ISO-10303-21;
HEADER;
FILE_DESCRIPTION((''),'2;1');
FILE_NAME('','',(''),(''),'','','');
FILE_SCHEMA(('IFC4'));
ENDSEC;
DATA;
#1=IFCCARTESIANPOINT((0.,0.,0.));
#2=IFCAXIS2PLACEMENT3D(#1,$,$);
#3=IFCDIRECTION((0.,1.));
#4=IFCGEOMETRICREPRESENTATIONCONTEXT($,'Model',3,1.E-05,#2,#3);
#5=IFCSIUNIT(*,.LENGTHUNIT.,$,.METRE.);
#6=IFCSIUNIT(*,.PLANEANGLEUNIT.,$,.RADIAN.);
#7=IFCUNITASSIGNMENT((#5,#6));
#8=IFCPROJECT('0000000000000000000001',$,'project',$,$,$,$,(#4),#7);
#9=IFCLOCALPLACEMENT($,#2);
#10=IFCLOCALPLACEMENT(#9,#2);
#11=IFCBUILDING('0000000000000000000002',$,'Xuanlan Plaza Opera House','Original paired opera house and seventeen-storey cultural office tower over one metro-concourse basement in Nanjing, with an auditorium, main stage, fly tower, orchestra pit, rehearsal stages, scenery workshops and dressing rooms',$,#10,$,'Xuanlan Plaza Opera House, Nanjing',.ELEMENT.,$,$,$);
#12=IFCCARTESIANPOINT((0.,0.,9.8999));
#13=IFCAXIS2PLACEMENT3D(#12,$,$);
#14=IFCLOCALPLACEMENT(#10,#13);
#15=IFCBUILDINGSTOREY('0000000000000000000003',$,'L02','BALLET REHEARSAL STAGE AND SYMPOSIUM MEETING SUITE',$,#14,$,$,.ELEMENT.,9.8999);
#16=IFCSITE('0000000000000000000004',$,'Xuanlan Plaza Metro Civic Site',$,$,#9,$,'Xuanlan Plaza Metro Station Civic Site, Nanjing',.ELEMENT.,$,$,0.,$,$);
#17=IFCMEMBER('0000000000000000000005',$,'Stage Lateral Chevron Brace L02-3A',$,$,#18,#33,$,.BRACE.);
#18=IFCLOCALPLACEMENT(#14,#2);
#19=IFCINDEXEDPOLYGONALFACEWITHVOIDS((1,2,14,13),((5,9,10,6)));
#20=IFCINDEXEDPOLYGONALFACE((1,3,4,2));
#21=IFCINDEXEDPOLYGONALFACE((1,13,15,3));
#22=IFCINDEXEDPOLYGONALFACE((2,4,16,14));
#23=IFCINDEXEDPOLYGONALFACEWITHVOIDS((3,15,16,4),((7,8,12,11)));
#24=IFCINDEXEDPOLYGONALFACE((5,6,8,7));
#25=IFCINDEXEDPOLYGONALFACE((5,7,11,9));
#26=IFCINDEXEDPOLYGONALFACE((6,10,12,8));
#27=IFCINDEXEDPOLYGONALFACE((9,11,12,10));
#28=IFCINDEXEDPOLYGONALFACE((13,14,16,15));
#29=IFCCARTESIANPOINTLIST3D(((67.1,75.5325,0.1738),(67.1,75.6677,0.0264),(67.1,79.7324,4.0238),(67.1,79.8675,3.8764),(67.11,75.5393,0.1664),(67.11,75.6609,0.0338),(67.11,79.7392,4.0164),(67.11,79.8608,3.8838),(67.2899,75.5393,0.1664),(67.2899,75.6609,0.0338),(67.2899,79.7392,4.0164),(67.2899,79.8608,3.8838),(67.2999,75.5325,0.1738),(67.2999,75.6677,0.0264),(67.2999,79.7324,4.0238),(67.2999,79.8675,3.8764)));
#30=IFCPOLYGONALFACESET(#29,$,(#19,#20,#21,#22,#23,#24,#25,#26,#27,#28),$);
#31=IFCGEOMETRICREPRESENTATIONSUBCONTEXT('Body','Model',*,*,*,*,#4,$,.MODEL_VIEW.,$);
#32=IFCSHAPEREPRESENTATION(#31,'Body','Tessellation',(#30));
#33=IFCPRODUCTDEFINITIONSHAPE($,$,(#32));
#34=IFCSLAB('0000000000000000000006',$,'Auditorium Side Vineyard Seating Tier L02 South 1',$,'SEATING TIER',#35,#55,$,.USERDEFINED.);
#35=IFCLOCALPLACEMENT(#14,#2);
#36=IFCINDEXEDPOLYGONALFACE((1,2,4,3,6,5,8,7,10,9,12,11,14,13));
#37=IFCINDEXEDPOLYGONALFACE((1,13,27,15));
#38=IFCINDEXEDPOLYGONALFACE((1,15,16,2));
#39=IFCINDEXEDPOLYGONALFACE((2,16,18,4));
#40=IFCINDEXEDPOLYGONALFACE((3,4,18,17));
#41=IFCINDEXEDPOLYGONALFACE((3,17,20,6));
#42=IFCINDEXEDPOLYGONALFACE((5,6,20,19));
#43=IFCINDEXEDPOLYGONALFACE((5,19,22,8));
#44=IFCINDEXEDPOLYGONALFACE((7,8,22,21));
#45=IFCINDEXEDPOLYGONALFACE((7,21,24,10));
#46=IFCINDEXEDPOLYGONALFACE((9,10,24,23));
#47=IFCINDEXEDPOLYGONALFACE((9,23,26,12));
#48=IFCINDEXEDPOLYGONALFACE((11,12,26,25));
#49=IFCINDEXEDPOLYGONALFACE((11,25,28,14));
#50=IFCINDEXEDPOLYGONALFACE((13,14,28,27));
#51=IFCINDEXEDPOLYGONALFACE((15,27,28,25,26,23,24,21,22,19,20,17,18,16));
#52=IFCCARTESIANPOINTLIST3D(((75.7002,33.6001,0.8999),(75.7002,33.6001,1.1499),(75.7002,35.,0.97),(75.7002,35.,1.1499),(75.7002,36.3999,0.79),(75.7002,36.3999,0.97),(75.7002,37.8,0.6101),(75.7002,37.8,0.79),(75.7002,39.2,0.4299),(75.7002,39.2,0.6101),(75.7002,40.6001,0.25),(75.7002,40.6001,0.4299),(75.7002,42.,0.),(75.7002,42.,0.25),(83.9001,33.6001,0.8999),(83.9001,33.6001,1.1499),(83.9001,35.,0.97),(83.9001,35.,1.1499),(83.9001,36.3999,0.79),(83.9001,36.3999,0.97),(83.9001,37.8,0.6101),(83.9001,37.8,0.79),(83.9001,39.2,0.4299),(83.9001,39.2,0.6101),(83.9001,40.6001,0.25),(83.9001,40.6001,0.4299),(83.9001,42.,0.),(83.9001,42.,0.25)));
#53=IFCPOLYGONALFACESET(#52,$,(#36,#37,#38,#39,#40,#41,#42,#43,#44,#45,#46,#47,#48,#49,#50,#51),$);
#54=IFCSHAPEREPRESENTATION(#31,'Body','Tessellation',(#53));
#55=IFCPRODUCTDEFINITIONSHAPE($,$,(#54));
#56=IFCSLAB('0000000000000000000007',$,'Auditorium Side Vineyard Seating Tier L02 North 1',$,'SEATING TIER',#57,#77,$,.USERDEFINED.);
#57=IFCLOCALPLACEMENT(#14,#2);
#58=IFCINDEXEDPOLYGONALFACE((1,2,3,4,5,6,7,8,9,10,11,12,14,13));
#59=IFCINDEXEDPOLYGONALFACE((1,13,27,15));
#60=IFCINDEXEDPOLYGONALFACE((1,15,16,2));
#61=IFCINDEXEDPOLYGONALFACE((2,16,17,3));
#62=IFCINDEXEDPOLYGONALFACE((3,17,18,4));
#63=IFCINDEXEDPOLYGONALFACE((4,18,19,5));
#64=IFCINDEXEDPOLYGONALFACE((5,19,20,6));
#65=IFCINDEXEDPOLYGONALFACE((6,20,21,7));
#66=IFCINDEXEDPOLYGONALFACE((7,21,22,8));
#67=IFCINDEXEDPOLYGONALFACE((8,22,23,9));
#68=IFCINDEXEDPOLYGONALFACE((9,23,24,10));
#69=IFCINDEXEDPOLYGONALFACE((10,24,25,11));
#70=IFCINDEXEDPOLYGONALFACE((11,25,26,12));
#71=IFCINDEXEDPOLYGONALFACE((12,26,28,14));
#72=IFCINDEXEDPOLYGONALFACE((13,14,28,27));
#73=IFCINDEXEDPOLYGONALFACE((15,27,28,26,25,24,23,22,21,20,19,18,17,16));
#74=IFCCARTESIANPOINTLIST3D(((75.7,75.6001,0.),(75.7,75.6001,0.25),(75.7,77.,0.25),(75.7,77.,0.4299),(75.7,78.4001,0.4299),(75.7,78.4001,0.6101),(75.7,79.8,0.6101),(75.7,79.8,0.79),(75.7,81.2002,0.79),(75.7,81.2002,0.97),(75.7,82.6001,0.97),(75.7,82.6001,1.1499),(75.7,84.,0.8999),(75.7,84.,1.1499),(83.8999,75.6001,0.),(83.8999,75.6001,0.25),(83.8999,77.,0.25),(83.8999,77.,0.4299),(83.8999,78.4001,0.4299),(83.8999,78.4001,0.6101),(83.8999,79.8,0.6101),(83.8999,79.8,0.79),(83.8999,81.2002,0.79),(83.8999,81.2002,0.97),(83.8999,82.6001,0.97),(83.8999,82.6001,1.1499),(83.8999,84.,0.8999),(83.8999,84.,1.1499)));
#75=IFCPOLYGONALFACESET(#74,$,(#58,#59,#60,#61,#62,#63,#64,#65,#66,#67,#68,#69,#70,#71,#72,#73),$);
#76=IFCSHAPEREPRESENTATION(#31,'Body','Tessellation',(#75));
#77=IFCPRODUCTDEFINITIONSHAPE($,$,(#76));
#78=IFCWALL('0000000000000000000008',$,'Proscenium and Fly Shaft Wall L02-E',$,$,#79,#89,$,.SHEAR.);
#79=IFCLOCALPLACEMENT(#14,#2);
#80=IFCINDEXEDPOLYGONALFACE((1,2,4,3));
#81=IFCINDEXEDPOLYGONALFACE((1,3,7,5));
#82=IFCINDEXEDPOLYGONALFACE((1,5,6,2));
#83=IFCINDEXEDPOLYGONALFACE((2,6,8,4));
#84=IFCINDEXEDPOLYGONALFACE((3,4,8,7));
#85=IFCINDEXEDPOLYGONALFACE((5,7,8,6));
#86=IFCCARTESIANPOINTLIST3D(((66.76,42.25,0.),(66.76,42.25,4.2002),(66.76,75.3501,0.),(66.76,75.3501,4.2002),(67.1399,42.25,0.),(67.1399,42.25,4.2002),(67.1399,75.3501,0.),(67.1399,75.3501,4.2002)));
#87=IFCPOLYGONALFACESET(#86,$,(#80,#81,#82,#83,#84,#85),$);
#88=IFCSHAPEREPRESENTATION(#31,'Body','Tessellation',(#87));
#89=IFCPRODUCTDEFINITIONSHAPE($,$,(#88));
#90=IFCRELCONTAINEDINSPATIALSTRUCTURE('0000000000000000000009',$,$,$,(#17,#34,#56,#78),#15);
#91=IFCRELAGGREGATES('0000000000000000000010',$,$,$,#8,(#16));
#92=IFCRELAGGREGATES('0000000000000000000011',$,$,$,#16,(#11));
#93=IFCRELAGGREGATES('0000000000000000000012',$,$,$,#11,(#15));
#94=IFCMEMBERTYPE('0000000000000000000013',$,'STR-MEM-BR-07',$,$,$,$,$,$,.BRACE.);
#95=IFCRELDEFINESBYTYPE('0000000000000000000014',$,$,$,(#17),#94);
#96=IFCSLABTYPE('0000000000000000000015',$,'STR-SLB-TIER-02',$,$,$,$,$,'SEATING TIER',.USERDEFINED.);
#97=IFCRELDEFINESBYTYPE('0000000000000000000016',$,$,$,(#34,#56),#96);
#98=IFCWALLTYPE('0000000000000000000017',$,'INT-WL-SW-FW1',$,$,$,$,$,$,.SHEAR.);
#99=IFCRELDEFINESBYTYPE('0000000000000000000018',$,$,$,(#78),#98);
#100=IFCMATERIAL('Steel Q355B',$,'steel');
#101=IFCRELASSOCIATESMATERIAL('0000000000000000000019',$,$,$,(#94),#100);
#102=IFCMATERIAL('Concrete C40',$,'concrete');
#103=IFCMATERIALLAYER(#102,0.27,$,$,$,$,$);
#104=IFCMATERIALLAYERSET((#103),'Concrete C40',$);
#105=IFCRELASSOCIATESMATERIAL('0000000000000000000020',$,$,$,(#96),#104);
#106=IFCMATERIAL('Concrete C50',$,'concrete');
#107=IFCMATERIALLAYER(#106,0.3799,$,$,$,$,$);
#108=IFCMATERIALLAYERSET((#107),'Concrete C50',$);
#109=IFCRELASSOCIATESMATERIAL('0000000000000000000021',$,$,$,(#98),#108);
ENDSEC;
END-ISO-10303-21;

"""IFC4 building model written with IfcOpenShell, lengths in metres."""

from ifc_helpers import new_model, si_unit, direction, frame, frame_2d, origin, origin_2d, place, context, subcontext, project, spatial, polyline, rectangle, hollow_rectangle, outline, extrude, material, layer, layer_set, material_profile, profile_set, type_object, element, save


model = new_model("IFC4")

# Units and contexts
model_context = context("Model", 3, precision=1e-05, world=origin(), true_north=direction((0.0, 1.0)))
body_context = subcontext(model_context, "Body", "Model", "MODEL_VIEW")
ifc_project = project(units=[si_unit("LENGTHUNIT", "METRE"), si_unit("PLANEANGLEUNIT", "RADIAN")], contexts=[model_context])

# Site, building, storey
site_placement = place(None, origin())
site = spatial("IfcSite", under=ifc_project, at=site_placement, Name="Xuanlan Plaza Metro Civic Site", LongName="Xuanlan Plaza Metro Station Civic Site, Nanjing", CompositionType="ELEMENT", RefElevation=0.0)
building_placement = place(site_placement, origin())
building = spatial("IfcBuilding", under=site, at=building_placement, Name="Xuanlan Plaza Opera House", Description="Original paired opera house and seventeen-storey cultural office tower over one metro-concourse basement in Nanjing, with an auditorium, main stage, fly tower, orchestra pit, rehearsal stages, scenery workshops and dressing rooms", LongName="Xuanlan Plaza Opera House, Nanjing", CompositionType="ELEMENT")
storey_placement = place(building_placement, frame((0.0, 0.0, 9.8999)))
storey = spatial("IfcBuildingStorey", under=building, at=storey_placement, Name="L02", Description="BALLET REHEARSAL STAGE AND SYMPOSIUM MEETING SUITE", CompositionType="ELEMENT", Elevation=9.8999)

# Shared definitions
ifc_material_1 = material(Name="Concrete C50", Category="concrete")
ifc_material_2 = material(Name="Concrete C40", Category="concrete")

# Shared definitions
ifc_material_3 = material(Name="Steel Q355B", Category="steel")

# Member
ifc_material_profile_1 = material_profile(ifc_material_3, hollow_rectangle(XDim=0.2, YDim=0.2, WallThickness=0.01, at=origin_2d()), Name="SHS 200x200x10")
ifc_profile_set_1 = profile_set([ifc_material_profile_1], Name="Steel Q355B")
member_type = type_object("IfcMemberType", Name="STR-MEM-BR-07", PredefinedType="BRACE", material=ifc_profile_set_1)
member_placement = place(storey_placement, frame((67.2, 75.6001, 0.1001), z_axis=(0.0, 0.737142, 0.675738), x_axis=(-1.0, 0.0, 0.0)))
element("IfcMember", 1, at=member_placement, inside=storey, type_object=member_type, Name="Stage Lateral Chevron Brace L02-3A", PredefinedType="BRACE", context=body_context, shape_type="SweptSolid", body=[
    extrude(hollow_rectangle(XDim=0.2, YDim=0.2, WallThickness=0.01, at=origin_2d()), origin(), (0.0, 0.0, 1.0), 5.6975),
])

# Slabs
ifc_layer_1 = layer(ifc_material_2, 0.27)
ifc_layer_set_1 = layer_set([ifc_layer_1], Name="Concrete C40")
slab_type = type_object("IfcSlabType", Name="STR-SLB-TIER-02", ElementType="SEATING TIER", PredefinedType="USERDEFINED", material=ifc_layer_set_1)
for number, where, z_axis, x_axis, name in (
    (2, (79.8, 42.0, 0.0), (0.0, 0.0, 1.0), (0.0, -1.0, 0.0), "Auditorium Side Vineyard Seating Tier L02 South 1"),
    (3, (79.8, 75.6001, 0.0), (0.0, 0.0, 1.0), (0.0, 1.0, 0.0), "Auditorium Side Vineyard Seating Tier L02 North 1"),
):
    element("IfcSlab", number, at=place(storey_placement, frame(where, z_axis=z_axis, x_axis=x_axis)), inside=storey, type_object=slab_type, Name=name, ObjectType="SEATING TIER", PredefinedType="USERDEFINED", context=body_context, shape_type="SweptSolid", body=[
        extrude(outline(polyline([(0.0, 0.0), (0.0, 0.25), (1.3999, 0.25), (1.3999, 0.4299), (2.8, 0.4299), (2.8, 0.6101), (4.2, 0.6101), (4.2, 0.79), (5.6001, 0.79), (5.6001, 0.97), (7.0, 0.97), (7.0, 1.1499), (8.3999, 1.1499), (8.3999, 0.8999), (0.0, 0.0)])), frame((0.0, 4.1001, 0.0), z_axis=(0.0, -1.0, 0.0), x_axis=(1.0, 0.0, 0.0)), (0.0, 0.0, 1.0), 8.2),
    ])

# Wall
ifc_layer_2 = layer(ifc_material_1, 0.3799)
ifc_layer_set_2 = layer_set([ifc_layer_2], Name="Concrete C50")
wall_type = type_object("IfcWallType", Name="INT-WL-SW-FW1", PredefinedType="SHEAR", material=ifc_layer_set_2)
wall_placement = place(storey_placement, frame((66.95, 42.25, 0.0), z_axis=(0.0, 0.0, 1.0), x_axis=(0.0, 1.0, 0.0)))
element("IfcWall", 4, at=wall_placement, inside=storey, type_object=wall_type, Name="Proscenium and Fly Shaft Wall L02-E", PredefinedType="SHEAR", context=body_context, shape_type="SweptSolid", body=[
    extrude(rectangle(XDim=33.1001, YDim=0.3799, at=frame_2d((16.55, 0.0))), origin(), (0.0, 0.0, 1.0), 4.2002),
])

save(model, "model.ifc")
